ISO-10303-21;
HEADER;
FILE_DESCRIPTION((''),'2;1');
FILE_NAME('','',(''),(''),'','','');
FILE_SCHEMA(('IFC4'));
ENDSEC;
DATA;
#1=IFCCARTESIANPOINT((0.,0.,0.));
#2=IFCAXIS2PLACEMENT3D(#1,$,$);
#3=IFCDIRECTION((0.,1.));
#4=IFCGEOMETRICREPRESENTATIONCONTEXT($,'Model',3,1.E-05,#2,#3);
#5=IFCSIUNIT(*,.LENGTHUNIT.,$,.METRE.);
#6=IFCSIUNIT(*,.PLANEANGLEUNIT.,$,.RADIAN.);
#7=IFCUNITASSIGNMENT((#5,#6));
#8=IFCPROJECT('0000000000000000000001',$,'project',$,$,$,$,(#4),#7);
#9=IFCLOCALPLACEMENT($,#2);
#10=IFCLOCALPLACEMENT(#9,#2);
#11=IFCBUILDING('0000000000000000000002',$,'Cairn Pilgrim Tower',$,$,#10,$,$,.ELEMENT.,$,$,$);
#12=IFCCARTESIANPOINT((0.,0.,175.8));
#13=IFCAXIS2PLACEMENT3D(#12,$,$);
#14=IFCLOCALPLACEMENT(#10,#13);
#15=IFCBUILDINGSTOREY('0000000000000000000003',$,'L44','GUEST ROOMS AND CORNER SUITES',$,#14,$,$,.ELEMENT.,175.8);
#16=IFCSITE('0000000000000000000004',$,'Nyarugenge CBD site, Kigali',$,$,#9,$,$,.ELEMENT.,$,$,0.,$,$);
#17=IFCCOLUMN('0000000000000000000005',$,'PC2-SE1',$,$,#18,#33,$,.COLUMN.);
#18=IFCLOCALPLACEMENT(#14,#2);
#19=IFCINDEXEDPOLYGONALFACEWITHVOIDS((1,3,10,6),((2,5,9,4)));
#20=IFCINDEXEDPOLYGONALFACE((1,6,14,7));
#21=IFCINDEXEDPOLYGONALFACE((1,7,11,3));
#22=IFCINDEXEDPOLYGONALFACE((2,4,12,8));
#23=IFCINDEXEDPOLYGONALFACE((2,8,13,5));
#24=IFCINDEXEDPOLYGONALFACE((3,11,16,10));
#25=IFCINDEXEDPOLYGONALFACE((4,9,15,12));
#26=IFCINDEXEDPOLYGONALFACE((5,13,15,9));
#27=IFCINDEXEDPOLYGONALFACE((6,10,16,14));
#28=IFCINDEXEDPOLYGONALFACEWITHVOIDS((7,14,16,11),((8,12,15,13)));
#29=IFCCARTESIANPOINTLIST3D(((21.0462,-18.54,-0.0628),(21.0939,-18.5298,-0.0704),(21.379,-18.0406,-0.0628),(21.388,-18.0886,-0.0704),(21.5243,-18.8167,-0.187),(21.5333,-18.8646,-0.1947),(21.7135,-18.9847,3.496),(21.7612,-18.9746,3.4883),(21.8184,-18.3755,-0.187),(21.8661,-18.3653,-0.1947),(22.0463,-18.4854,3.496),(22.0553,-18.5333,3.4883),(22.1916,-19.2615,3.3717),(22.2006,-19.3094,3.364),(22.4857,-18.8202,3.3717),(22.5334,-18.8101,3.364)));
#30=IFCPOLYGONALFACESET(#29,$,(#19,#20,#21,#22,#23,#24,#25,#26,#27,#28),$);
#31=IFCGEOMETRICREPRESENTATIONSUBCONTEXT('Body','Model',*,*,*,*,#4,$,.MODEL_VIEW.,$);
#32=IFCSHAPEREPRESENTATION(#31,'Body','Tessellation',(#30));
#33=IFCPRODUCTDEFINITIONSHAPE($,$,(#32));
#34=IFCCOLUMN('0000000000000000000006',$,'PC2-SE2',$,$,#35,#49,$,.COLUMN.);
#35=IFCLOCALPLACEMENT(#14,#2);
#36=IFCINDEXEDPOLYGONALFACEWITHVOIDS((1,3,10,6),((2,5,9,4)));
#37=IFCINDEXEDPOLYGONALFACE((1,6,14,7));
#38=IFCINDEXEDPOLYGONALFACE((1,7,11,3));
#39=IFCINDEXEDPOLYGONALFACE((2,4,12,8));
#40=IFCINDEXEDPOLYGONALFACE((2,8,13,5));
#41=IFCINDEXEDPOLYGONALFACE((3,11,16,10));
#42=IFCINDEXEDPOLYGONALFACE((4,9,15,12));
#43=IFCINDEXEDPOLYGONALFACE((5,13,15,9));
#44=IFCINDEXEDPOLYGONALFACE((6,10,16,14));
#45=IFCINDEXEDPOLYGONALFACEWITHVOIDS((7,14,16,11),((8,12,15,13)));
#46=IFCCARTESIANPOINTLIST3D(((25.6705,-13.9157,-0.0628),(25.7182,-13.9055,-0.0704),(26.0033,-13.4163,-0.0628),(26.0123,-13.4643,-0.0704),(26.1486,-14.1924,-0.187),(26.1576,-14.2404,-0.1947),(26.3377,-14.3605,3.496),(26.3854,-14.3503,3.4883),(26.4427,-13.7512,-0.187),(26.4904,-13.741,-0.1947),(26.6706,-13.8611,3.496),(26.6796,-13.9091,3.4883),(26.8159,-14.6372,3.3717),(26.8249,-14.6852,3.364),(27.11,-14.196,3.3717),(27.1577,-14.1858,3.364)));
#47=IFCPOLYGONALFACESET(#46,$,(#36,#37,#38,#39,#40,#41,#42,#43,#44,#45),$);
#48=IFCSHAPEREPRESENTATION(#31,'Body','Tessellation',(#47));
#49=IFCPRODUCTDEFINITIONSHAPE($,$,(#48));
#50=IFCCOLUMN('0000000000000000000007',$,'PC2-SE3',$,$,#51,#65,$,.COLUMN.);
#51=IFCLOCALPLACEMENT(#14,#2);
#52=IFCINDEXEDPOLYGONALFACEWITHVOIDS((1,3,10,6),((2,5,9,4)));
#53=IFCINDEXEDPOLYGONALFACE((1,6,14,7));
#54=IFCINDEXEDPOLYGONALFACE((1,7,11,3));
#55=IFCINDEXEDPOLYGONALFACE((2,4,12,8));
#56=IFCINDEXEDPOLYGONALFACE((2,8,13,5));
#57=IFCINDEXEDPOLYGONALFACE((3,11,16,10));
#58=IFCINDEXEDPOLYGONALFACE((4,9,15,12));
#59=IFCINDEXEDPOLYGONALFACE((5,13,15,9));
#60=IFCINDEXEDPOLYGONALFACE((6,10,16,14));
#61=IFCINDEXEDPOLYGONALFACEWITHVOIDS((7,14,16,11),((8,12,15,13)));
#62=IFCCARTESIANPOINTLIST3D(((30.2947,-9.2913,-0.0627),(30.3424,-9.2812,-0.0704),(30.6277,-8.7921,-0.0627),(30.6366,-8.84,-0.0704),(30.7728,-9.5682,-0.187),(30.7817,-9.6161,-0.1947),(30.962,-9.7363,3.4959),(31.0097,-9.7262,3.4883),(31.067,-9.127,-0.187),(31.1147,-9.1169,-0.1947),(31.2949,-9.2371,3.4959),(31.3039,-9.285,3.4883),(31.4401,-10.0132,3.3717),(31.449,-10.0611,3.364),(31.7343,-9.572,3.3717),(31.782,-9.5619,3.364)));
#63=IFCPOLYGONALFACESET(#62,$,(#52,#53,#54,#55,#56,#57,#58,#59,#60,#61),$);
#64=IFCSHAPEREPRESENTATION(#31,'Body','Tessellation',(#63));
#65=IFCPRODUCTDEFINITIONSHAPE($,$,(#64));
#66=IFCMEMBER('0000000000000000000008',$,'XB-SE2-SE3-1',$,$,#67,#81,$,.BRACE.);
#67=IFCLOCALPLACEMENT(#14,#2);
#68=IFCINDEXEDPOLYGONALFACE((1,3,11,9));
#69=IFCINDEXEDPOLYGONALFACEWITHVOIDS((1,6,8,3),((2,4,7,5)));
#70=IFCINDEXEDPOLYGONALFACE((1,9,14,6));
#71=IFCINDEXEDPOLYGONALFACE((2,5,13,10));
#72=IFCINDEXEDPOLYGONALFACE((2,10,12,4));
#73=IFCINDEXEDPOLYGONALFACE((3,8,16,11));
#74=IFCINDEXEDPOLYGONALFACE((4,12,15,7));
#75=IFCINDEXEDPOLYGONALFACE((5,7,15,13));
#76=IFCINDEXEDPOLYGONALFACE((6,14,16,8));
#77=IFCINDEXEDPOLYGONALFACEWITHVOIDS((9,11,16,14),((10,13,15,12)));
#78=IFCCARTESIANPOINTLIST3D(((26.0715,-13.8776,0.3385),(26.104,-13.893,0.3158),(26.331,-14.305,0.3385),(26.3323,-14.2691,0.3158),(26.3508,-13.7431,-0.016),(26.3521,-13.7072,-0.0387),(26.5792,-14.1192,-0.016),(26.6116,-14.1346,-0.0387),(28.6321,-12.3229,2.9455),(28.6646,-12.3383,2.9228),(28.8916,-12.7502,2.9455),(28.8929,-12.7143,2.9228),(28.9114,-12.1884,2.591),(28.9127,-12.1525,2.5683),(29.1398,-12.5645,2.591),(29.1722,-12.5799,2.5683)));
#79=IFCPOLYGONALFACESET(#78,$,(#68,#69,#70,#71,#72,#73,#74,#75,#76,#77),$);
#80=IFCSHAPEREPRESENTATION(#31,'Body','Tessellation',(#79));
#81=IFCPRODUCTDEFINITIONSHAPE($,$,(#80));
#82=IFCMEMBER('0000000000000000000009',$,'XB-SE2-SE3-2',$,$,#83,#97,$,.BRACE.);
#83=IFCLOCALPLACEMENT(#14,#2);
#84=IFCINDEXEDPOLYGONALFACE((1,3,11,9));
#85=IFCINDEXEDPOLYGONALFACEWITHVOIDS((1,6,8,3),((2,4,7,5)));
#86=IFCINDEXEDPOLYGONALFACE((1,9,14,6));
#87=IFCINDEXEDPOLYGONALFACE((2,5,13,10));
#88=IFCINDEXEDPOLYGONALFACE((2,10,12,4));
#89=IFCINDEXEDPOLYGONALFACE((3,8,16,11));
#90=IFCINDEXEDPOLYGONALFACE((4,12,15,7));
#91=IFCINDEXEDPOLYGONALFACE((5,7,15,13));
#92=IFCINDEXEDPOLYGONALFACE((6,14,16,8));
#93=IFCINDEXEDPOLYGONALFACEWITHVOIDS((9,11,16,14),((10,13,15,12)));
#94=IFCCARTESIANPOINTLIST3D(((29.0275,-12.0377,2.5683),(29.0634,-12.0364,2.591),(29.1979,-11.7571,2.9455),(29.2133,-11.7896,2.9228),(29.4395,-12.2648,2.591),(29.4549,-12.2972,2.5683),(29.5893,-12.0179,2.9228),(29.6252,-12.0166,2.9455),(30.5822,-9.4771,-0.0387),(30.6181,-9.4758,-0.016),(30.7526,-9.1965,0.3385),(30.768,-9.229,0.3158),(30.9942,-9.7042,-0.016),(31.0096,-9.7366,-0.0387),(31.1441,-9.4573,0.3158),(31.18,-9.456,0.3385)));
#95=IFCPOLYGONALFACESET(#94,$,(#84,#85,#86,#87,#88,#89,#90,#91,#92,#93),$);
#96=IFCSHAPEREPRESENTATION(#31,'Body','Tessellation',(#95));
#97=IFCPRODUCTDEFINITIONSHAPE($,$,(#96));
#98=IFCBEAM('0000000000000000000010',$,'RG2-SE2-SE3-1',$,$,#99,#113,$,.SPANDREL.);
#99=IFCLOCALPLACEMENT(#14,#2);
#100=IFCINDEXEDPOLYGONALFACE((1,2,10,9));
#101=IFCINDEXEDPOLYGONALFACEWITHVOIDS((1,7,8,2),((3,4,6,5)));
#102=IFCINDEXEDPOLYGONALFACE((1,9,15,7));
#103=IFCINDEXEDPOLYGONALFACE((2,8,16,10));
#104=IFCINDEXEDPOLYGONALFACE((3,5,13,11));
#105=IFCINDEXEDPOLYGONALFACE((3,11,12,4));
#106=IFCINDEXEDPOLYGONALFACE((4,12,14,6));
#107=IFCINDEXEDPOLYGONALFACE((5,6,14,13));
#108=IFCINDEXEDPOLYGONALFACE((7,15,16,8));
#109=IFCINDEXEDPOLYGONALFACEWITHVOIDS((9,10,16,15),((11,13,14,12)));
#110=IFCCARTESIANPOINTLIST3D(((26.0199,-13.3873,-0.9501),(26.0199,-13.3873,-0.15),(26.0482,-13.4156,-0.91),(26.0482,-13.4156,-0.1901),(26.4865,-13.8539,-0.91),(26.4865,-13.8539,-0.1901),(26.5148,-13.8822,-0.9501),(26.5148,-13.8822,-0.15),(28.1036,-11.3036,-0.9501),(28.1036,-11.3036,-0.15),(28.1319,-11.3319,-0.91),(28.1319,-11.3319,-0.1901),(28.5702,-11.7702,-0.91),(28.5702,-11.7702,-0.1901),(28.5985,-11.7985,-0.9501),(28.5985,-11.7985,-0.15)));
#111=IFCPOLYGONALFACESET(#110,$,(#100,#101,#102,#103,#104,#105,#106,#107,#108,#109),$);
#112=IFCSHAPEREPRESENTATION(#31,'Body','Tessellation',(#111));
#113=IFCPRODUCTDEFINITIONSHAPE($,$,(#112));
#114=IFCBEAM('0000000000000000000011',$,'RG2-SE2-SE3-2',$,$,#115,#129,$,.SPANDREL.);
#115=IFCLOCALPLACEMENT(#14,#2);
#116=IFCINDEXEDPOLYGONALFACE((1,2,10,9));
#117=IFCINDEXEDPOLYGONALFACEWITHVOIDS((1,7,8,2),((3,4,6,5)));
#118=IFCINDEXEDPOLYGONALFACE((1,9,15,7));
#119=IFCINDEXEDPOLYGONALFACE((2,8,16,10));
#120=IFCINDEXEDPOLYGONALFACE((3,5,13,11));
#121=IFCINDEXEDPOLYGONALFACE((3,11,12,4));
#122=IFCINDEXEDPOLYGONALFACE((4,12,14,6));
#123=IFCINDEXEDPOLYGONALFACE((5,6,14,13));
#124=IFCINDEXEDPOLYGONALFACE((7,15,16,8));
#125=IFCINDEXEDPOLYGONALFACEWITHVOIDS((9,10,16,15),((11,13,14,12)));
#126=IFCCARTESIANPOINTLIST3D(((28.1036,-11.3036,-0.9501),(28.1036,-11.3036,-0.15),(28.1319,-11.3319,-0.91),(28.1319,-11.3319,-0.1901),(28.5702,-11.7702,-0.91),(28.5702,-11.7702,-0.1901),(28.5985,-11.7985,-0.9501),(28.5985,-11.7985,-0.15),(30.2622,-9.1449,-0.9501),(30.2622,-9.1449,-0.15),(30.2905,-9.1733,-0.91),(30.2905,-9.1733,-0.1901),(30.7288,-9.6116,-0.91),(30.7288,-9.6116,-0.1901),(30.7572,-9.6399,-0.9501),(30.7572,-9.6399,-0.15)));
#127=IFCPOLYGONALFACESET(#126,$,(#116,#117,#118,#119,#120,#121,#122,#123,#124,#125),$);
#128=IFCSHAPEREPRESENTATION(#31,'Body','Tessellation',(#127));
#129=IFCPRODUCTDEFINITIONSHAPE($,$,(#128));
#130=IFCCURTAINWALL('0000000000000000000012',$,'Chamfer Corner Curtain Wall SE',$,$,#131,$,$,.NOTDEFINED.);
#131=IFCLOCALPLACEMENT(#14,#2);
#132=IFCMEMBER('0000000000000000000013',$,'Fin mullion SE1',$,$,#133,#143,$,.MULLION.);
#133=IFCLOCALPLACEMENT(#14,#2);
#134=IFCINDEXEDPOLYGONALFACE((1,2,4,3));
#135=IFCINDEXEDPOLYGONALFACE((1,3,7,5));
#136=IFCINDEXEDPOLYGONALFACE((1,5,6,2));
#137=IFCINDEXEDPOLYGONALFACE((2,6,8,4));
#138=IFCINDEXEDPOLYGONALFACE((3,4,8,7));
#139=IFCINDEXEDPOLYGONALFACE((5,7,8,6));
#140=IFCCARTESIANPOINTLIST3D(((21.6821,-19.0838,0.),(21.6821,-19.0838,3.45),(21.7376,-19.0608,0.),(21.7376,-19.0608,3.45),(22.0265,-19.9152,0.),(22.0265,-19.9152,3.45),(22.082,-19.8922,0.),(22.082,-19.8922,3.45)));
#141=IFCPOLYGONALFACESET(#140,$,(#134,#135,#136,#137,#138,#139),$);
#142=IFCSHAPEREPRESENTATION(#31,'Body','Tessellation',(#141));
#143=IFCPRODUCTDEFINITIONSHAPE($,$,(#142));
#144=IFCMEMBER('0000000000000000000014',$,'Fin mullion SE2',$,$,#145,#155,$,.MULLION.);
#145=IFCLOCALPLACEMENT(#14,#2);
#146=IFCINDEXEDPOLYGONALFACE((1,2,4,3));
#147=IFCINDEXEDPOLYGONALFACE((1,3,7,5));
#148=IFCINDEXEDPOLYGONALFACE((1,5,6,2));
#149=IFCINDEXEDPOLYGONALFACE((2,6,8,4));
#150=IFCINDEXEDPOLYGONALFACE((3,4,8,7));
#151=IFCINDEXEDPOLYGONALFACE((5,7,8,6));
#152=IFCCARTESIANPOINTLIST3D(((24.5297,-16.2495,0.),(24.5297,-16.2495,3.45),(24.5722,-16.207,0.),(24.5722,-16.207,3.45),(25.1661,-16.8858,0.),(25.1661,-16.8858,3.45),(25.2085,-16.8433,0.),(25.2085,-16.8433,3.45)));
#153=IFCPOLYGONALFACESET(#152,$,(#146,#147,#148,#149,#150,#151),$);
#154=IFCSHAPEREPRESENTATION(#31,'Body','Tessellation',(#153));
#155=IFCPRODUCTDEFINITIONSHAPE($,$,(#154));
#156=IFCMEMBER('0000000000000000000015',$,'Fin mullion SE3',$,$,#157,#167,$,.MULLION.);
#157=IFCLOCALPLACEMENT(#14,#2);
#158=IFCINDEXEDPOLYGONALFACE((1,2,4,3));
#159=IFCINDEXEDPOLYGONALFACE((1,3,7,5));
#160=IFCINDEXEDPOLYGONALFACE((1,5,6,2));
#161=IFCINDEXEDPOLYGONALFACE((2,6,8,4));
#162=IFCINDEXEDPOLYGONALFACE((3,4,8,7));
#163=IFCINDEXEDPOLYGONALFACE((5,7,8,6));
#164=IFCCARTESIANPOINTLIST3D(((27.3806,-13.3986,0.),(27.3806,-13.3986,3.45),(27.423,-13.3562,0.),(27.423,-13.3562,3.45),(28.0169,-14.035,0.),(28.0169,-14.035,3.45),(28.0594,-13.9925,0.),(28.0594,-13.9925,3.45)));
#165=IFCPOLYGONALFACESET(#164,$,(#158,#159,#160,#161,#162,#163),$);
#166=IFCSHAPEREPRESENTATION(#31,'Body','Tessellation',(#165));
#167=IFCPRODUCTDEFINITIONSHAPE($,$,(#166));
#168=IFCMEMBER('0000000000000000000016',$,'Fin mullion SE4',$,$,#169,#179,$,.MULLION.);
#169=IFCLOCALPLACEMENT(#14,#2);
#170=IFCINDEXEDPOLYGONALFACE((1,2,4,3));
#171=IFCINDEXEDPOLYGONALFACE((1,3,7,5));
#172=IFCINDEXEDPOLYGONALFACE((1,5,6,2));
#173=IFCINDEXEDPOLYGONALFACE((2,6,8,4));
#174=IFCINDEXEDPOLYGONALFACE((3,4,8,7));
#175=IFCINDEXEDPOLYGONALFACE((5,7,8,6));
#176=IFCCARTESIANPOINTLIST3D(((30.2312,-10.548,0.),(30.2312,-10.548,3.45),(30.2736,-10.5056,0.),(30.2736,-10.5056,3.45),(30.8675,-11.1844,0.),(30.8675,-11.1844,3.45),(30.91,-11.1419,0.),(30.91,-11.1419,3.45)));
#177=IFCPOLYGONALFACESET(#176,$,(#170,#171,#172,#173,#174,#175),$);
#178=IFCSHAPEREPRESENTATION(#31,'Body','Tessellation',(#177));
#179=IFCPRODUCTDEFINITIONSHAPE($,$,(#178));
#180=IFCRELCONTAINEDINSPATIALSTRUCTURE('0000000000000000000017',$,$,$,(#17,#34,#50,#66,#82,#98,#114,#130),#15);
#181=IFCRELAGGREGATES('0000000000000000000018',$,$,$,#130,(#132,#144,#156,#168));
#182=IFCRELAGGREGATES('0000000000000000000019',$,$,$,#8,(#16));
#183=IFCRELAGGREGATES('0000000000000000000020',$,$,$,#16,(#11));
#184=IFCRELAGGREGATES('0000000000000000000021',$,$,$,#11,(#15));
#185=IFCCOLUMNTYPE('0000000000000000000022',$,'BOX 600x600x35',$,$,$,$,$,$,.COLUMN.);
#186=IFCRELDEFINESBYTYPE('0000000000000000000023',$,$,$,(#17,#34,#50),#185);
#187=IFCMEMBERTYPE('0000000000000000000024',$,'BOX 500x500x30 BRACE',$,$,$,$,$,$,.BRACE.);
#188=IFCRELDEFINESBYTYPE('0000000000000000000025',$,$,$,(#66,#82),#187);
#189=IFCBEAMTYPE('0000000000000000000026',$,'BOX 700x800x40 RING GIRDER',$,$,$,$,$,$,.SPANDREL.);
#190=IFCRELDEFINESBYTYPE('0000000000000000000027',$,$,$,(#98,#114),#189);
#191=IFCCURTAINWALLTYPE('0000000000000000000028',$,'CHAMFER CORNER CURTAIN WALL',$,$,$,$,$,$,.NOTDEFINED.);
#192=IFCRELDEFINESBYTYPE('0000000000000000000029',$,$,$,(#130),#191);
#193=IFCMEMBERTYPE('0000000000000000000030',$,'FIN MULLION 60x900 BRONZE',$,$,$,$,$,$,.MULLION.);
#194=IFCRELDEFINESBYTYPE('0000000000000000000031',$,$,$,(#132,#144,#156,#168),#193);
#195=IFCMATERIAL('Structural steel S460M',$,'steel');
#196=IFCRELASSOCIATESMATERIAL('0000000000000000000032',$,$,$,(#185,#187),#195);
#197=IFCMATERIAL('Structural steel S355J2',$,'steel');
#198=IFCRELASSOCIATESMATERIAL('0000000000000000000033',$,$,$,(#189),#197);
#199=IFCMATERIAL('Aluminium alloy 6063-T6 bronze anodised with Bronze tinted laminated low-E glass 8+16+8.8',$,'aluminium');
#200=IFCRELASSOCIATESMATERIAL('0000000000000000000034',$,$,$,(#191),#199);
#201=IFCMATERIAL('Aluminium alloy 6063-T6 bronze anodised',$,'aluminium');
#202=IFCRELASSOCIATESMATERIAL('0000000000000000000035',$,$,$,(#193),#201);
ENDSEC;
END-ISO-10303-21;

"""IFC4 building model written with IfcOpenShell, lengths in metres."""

from ifc_helpers import new_model, si_unit, direction, frame, origin, origin_2d, place, context, subcontext, project, spatial, rectangle, hollow_rectangle, extrude, clip, halfspace, material, material_profile, profile_set, type_object, element, aggregate, save


model = new_model("IFC4")

# Units and contexts
model_context = context("Model", 3, precision=1e-05, world=origin(), true_north=direction((0.0, 1.0)))
body_context = subcontext(model_context, "Body", "Model", "MODEL_VIEW")
ifc_project = project(units=[si_unit("LENGTHUNIT", "METRE"), si_unit("PLANEANGLEUNIT", "RADIAN")], contexts=[model_context])

# Site, building, storey
site_placement = place(None, origin())
site = spatial("IfcSite", under=ifc_project, at=site_placement, Name="Nyarugenge CBD site, Kigali", CompositionType="ELEMENT", RefElevation=0.0)
building_placement = place(site_placement, origin())
building = spatial("IfcBuilding", under=site, at=building_placement, Name="Cairn Pilgrim Tower", CompositionType="ELEMENT")
storey_placement = place(building_placement, frame((0.0, 0.0, 175.8)))
storey = spatial("IfcBuildingStorey", under=building, at=storey_placement, Name="L44", Description="GUEST ROOMS AND CORNER SUITES", CompositionType="ELEMENT", Elevation=175.8)

# Columns
ifc_material_1 = material(Name="Structural steel S460M", Category="steel")
ifc_material_profile_1 = material_profile(ifc_material_1, hollow_rectangle(XDim=0.6001, YDim=0.6001, WallThickness=0.0349, at=origin_2d()), Name="BOX 600x600x35")
ifc_profile_set_1 = profile_set([ifc_material_profile_1], Name="Structural steel S460M")
column_type = type_object("IfcColumnType", Name="BOX 600x600x35", PredefinedType="COLUMN", material=ifc_profile_set_1)
for number, where, z_axis, x_axis, name in (
    (1, (21.4521, -18.45, -0.1501), (0.182922, -0.121926, 0.975538), (0.554631, 0.832097, 0.0), "PC2-SE1"),
    (2, (26.0764, -13.8257, -0.1501), (0.182922, -0.121926, 0.975538), (0.554631, 0.832097, 0.0), "PC2-SE2"),
    (3, (30.7007, -9.2014, -0.1501), (0.18292, -0.121991, 0.97553), (0.554839, 0.831958, 0.0), "PC2-SE3"),
):
    element("IfcColumn", number, at=place(storey_placement, frame(where, z_axis=z_axis, x_axis=x_axis)), inside=storey, type_object=column_type, Name=name, PredefinedType="COLUMN", context=body_context, shape_type="Clipping", body=[
        clip(clip(extrude(hollow_rectangle(XDim=0.6001, YDim=0.6001, WallThickness=0.0349, at=origin_2d()), origin(), (0.0, 0.0, 1.0), 3.6904), halfspace(frame((0.0, 0.0, 0.022), z_axis=(0.0, 0.0, 1.0), x_axis=(1.0, 0.0, 0.0)), True)), halfspace(frame((0.0, 0.0, 3.6699), z_axis=(0.0, 0.0, 1.0), x_axis=(1.0, 0.0, 0.0)), False)),
    ])

# Members
ifc_material_profile_2 = material_profile(ifc_material_1, hollow_rectangle(XDim=0.5, YDim=0.5, WallThickness=0.03, at=origin_2d()), Name="BOX 500x500x30")
ifc_profile_set_2 = profile_set([ifc_material_profile_2], Name="Structural steel S460M")
member_type_1 = type_object("IfcMemberType", Name="BOX 500x500x30 BRACE", PredefinedType="BRACE", material=ifc_profile_set_2)
for number, where, z_axis, x_axis, name in (
    (4, (26.3416, -14.0061, 0.1499), (0.644797, 0.391501, 0.656478), (-0.518995, 0.854777, 0.0), "XB-SE2-SE3-1"),
    (5, (30.8811, -9.4666, 0.1499), (-0.391501, -0.644797, 0.656478), (0.854777, -0.518995, 0.0), "XB-SE2-SE3-2"),
):
    element("IfcMember", number, at=place(storey_placement, frame(where, z_axis=z_axis, x_axis=x_axis)), inside=storey, type_object=member_type_1, Name=name, PredefinedType="BRACE", context=body_context, shape_type="SweptSolid", body=[
        extrude(hollow_rectangle(XDim=0.5, YDim=0.5, WallThickness=0.03, at=origin_2d()), origin(), (0.0, 0.0, 1.0), 3.9712),
    ])

# Beams
ifc_material_2 = material(Name="Structural steel S355J2", Category="steel")
ifc_material_profile_3 = material_profile(ifc_material_2, hollow_rectangle(XDim=0.7, YDim=0.8, WallThickness=0.04, at=origin_2d()), Name="BOX 700x800x40")
ifc_profile_set_3 = profile_set([ifc_material_profile_3], Name="Structural steel S355J2")
beam_type_1 = type_object("IfcBeamType", Name="BOX 700x800x40 RING GIRDER", PredefinedType="SPANDREL", material=ifc_profile_set_3)
beam_1_placement = place(storey_placement, frame((26.2673, -13.6348, -0.55), z_axis=(0.707107, 0.707107, 0.0), x_axis=(-0.707107, 0.707107, 0.0)))
element("IfcBeam", 6, at=beam_1_placement, inside=storey, type_object=beam_type_1, Name="RG2-SE2-SE3-1", PredefinedType="SPANDREL", context=body_context, shape_type="SweptSolid", body=[
    extrude(hollow_rectangle(XDim=0.7, YDim=0.8, WallThickness=0.04, at=origin_2d()), origin(), (0.0, 0.0, 1.0), 2.9468),
])
beam_2_placement = place(storey_placement, frame((28.3511, -11.551, -0.55), z_axis=(0.707107, 0.707107, 0.0), x_axis=(-0.707107, 0.707107, 0.0)))
element("IfcBeam", 7, at=beam_2_placement, inside=storey, type_object=beam_type_1, Name="RG2-SE2-SE3-2", PredefinedType="SPANDREL", context=body_context, shape_type="SweptSolid", body=[
    extrude(hollow_rectangle(XDim=0.7, YDim=0.8, WallThickness=0.04, at=origin_2d()), origin(), (0.0, 0.0, 1.0), 3.0527),
])

# Curtain wall, members
ifc_material_3 = material(Name="Aluminium alloy 6063-T6 bronze anodised with Bronze tinted laminated low-E glass 8+16+8.8", Category="aluminium")
curtain_wall_type_1 = type_object("IfcCurtainWallType", Name="CHAMFER CORNER CURTAIN WALL", PredefinedType="NOTDEFINED", material=ifc_material_3)
curtain_wall_1_placement = place(storey_placement, origin())
curtain_wall_1 = element("IfcCurtainWall", 8, at=curtain_wall_1_placement, inside=storey, type_object=curtain_wall_type_1, Name="Chamfer Corner Curtain Wall SE", PredefinedType="NOTDEFINED")
ifc_material_4 = material(Name="Aluminium alloy 6063-T6 bronze anodised", Category="aluminium")
ifc_material_profile_4 = material_profile(ifc_material_4, rectangle(XDim=0.8999, YDim=0.0601, at=origin_2d()), Name="FIN MULLION 60x900 BRONZE")
ifc_profile_set_4 = profile_set([ifc_material_profile_4], Name="Aluminium alloy 6063-T6 bronze anodised")
member_type_2 = type_object("IfcMemberType", Name="FIN MULLION 60x900 BRONZE", PredefinedType="MULLION", material=ifc_profile_set_4)
member_1_placement = place(storey_placement, frame((21.8821, -19.488, 0.0), z_axis=(0.0, 0.0, 1.0), x_axis=(0.382683, -0.92388, 0.0)))
member_1 = element("IfcMember", 9, at=member_1_placement, type_object=member_type_2, Name="Fin mullion SE1", PredefinedType="MULLION", context=body_context, shape_type="SweptSolid", body=[
    extrude(rectangle(XDim=0.8999, YDim=0.0601, at=origin_2d()), origin(), (0.0, 0.0, 1.0), 3.45),
])
member_2_placement = place(storey_placement, frame((24.8691, -16.5464, 0.0), z_axis=(0.0, 0.0, 1.0), x_axis=(0.707107, -0.707107, 0.0)))
member_2 = element("IfcMember", 10, at=member_2_placement, type_object=member_type_2, Name="Fin mullion SE2", PredefinedType="MULLION", context=body_context, shape_type="SweptSolid", body=[
    extrude(rectangle(XDim=0.8999, YDim=0.0601, at=origin_2d()), origin(), (0.0, 0.0, 1.0), 3.45),
])
member_3_placement = place(storey_placement, frame((27.72, -13.6956, 0.0), z_axis=(0.0, 0.0, 1.0), x_axis=(0.707107, -0.707107, 0.0)))
member_3 = element("IfcMember", 11, at=member_3_placement, type_object=member_type_2, Name="Fin mullion SE3", PredefinedType="MULLION", context=body_context, shape_type="SweptSolid", body=[
    extrude(rectangle(XDim=0.8999, YDim=0.0601, at=origin_2d()), origin(), (0.0, 0.0, 1.0), 3.45),
])
member_4_placement = place(storey_placement, frame((30.5706, -10.845, 0.0), z_axis=(0.0, 0.0, 1.0), x_axis=(0.707107, -0.707107, 0.0)))
member_4 = element("IfcMember", 12, at=member_4_placement, type_object=member_type_2, Name="Fin mullion SE4", PredefinedType="MULLION", context=body_context, shape_type="SweptSolid", body=[
    extrude(rectangle(XDim=0.8999, YDim=0.0601, at=origin_2d()), origin(), (0.0, 0.0, 1.0), 3.45),
])

aggregate(curtain_wall_1, [member_1, member_2, member_3, member_4])

save(model, "model.ifc")
